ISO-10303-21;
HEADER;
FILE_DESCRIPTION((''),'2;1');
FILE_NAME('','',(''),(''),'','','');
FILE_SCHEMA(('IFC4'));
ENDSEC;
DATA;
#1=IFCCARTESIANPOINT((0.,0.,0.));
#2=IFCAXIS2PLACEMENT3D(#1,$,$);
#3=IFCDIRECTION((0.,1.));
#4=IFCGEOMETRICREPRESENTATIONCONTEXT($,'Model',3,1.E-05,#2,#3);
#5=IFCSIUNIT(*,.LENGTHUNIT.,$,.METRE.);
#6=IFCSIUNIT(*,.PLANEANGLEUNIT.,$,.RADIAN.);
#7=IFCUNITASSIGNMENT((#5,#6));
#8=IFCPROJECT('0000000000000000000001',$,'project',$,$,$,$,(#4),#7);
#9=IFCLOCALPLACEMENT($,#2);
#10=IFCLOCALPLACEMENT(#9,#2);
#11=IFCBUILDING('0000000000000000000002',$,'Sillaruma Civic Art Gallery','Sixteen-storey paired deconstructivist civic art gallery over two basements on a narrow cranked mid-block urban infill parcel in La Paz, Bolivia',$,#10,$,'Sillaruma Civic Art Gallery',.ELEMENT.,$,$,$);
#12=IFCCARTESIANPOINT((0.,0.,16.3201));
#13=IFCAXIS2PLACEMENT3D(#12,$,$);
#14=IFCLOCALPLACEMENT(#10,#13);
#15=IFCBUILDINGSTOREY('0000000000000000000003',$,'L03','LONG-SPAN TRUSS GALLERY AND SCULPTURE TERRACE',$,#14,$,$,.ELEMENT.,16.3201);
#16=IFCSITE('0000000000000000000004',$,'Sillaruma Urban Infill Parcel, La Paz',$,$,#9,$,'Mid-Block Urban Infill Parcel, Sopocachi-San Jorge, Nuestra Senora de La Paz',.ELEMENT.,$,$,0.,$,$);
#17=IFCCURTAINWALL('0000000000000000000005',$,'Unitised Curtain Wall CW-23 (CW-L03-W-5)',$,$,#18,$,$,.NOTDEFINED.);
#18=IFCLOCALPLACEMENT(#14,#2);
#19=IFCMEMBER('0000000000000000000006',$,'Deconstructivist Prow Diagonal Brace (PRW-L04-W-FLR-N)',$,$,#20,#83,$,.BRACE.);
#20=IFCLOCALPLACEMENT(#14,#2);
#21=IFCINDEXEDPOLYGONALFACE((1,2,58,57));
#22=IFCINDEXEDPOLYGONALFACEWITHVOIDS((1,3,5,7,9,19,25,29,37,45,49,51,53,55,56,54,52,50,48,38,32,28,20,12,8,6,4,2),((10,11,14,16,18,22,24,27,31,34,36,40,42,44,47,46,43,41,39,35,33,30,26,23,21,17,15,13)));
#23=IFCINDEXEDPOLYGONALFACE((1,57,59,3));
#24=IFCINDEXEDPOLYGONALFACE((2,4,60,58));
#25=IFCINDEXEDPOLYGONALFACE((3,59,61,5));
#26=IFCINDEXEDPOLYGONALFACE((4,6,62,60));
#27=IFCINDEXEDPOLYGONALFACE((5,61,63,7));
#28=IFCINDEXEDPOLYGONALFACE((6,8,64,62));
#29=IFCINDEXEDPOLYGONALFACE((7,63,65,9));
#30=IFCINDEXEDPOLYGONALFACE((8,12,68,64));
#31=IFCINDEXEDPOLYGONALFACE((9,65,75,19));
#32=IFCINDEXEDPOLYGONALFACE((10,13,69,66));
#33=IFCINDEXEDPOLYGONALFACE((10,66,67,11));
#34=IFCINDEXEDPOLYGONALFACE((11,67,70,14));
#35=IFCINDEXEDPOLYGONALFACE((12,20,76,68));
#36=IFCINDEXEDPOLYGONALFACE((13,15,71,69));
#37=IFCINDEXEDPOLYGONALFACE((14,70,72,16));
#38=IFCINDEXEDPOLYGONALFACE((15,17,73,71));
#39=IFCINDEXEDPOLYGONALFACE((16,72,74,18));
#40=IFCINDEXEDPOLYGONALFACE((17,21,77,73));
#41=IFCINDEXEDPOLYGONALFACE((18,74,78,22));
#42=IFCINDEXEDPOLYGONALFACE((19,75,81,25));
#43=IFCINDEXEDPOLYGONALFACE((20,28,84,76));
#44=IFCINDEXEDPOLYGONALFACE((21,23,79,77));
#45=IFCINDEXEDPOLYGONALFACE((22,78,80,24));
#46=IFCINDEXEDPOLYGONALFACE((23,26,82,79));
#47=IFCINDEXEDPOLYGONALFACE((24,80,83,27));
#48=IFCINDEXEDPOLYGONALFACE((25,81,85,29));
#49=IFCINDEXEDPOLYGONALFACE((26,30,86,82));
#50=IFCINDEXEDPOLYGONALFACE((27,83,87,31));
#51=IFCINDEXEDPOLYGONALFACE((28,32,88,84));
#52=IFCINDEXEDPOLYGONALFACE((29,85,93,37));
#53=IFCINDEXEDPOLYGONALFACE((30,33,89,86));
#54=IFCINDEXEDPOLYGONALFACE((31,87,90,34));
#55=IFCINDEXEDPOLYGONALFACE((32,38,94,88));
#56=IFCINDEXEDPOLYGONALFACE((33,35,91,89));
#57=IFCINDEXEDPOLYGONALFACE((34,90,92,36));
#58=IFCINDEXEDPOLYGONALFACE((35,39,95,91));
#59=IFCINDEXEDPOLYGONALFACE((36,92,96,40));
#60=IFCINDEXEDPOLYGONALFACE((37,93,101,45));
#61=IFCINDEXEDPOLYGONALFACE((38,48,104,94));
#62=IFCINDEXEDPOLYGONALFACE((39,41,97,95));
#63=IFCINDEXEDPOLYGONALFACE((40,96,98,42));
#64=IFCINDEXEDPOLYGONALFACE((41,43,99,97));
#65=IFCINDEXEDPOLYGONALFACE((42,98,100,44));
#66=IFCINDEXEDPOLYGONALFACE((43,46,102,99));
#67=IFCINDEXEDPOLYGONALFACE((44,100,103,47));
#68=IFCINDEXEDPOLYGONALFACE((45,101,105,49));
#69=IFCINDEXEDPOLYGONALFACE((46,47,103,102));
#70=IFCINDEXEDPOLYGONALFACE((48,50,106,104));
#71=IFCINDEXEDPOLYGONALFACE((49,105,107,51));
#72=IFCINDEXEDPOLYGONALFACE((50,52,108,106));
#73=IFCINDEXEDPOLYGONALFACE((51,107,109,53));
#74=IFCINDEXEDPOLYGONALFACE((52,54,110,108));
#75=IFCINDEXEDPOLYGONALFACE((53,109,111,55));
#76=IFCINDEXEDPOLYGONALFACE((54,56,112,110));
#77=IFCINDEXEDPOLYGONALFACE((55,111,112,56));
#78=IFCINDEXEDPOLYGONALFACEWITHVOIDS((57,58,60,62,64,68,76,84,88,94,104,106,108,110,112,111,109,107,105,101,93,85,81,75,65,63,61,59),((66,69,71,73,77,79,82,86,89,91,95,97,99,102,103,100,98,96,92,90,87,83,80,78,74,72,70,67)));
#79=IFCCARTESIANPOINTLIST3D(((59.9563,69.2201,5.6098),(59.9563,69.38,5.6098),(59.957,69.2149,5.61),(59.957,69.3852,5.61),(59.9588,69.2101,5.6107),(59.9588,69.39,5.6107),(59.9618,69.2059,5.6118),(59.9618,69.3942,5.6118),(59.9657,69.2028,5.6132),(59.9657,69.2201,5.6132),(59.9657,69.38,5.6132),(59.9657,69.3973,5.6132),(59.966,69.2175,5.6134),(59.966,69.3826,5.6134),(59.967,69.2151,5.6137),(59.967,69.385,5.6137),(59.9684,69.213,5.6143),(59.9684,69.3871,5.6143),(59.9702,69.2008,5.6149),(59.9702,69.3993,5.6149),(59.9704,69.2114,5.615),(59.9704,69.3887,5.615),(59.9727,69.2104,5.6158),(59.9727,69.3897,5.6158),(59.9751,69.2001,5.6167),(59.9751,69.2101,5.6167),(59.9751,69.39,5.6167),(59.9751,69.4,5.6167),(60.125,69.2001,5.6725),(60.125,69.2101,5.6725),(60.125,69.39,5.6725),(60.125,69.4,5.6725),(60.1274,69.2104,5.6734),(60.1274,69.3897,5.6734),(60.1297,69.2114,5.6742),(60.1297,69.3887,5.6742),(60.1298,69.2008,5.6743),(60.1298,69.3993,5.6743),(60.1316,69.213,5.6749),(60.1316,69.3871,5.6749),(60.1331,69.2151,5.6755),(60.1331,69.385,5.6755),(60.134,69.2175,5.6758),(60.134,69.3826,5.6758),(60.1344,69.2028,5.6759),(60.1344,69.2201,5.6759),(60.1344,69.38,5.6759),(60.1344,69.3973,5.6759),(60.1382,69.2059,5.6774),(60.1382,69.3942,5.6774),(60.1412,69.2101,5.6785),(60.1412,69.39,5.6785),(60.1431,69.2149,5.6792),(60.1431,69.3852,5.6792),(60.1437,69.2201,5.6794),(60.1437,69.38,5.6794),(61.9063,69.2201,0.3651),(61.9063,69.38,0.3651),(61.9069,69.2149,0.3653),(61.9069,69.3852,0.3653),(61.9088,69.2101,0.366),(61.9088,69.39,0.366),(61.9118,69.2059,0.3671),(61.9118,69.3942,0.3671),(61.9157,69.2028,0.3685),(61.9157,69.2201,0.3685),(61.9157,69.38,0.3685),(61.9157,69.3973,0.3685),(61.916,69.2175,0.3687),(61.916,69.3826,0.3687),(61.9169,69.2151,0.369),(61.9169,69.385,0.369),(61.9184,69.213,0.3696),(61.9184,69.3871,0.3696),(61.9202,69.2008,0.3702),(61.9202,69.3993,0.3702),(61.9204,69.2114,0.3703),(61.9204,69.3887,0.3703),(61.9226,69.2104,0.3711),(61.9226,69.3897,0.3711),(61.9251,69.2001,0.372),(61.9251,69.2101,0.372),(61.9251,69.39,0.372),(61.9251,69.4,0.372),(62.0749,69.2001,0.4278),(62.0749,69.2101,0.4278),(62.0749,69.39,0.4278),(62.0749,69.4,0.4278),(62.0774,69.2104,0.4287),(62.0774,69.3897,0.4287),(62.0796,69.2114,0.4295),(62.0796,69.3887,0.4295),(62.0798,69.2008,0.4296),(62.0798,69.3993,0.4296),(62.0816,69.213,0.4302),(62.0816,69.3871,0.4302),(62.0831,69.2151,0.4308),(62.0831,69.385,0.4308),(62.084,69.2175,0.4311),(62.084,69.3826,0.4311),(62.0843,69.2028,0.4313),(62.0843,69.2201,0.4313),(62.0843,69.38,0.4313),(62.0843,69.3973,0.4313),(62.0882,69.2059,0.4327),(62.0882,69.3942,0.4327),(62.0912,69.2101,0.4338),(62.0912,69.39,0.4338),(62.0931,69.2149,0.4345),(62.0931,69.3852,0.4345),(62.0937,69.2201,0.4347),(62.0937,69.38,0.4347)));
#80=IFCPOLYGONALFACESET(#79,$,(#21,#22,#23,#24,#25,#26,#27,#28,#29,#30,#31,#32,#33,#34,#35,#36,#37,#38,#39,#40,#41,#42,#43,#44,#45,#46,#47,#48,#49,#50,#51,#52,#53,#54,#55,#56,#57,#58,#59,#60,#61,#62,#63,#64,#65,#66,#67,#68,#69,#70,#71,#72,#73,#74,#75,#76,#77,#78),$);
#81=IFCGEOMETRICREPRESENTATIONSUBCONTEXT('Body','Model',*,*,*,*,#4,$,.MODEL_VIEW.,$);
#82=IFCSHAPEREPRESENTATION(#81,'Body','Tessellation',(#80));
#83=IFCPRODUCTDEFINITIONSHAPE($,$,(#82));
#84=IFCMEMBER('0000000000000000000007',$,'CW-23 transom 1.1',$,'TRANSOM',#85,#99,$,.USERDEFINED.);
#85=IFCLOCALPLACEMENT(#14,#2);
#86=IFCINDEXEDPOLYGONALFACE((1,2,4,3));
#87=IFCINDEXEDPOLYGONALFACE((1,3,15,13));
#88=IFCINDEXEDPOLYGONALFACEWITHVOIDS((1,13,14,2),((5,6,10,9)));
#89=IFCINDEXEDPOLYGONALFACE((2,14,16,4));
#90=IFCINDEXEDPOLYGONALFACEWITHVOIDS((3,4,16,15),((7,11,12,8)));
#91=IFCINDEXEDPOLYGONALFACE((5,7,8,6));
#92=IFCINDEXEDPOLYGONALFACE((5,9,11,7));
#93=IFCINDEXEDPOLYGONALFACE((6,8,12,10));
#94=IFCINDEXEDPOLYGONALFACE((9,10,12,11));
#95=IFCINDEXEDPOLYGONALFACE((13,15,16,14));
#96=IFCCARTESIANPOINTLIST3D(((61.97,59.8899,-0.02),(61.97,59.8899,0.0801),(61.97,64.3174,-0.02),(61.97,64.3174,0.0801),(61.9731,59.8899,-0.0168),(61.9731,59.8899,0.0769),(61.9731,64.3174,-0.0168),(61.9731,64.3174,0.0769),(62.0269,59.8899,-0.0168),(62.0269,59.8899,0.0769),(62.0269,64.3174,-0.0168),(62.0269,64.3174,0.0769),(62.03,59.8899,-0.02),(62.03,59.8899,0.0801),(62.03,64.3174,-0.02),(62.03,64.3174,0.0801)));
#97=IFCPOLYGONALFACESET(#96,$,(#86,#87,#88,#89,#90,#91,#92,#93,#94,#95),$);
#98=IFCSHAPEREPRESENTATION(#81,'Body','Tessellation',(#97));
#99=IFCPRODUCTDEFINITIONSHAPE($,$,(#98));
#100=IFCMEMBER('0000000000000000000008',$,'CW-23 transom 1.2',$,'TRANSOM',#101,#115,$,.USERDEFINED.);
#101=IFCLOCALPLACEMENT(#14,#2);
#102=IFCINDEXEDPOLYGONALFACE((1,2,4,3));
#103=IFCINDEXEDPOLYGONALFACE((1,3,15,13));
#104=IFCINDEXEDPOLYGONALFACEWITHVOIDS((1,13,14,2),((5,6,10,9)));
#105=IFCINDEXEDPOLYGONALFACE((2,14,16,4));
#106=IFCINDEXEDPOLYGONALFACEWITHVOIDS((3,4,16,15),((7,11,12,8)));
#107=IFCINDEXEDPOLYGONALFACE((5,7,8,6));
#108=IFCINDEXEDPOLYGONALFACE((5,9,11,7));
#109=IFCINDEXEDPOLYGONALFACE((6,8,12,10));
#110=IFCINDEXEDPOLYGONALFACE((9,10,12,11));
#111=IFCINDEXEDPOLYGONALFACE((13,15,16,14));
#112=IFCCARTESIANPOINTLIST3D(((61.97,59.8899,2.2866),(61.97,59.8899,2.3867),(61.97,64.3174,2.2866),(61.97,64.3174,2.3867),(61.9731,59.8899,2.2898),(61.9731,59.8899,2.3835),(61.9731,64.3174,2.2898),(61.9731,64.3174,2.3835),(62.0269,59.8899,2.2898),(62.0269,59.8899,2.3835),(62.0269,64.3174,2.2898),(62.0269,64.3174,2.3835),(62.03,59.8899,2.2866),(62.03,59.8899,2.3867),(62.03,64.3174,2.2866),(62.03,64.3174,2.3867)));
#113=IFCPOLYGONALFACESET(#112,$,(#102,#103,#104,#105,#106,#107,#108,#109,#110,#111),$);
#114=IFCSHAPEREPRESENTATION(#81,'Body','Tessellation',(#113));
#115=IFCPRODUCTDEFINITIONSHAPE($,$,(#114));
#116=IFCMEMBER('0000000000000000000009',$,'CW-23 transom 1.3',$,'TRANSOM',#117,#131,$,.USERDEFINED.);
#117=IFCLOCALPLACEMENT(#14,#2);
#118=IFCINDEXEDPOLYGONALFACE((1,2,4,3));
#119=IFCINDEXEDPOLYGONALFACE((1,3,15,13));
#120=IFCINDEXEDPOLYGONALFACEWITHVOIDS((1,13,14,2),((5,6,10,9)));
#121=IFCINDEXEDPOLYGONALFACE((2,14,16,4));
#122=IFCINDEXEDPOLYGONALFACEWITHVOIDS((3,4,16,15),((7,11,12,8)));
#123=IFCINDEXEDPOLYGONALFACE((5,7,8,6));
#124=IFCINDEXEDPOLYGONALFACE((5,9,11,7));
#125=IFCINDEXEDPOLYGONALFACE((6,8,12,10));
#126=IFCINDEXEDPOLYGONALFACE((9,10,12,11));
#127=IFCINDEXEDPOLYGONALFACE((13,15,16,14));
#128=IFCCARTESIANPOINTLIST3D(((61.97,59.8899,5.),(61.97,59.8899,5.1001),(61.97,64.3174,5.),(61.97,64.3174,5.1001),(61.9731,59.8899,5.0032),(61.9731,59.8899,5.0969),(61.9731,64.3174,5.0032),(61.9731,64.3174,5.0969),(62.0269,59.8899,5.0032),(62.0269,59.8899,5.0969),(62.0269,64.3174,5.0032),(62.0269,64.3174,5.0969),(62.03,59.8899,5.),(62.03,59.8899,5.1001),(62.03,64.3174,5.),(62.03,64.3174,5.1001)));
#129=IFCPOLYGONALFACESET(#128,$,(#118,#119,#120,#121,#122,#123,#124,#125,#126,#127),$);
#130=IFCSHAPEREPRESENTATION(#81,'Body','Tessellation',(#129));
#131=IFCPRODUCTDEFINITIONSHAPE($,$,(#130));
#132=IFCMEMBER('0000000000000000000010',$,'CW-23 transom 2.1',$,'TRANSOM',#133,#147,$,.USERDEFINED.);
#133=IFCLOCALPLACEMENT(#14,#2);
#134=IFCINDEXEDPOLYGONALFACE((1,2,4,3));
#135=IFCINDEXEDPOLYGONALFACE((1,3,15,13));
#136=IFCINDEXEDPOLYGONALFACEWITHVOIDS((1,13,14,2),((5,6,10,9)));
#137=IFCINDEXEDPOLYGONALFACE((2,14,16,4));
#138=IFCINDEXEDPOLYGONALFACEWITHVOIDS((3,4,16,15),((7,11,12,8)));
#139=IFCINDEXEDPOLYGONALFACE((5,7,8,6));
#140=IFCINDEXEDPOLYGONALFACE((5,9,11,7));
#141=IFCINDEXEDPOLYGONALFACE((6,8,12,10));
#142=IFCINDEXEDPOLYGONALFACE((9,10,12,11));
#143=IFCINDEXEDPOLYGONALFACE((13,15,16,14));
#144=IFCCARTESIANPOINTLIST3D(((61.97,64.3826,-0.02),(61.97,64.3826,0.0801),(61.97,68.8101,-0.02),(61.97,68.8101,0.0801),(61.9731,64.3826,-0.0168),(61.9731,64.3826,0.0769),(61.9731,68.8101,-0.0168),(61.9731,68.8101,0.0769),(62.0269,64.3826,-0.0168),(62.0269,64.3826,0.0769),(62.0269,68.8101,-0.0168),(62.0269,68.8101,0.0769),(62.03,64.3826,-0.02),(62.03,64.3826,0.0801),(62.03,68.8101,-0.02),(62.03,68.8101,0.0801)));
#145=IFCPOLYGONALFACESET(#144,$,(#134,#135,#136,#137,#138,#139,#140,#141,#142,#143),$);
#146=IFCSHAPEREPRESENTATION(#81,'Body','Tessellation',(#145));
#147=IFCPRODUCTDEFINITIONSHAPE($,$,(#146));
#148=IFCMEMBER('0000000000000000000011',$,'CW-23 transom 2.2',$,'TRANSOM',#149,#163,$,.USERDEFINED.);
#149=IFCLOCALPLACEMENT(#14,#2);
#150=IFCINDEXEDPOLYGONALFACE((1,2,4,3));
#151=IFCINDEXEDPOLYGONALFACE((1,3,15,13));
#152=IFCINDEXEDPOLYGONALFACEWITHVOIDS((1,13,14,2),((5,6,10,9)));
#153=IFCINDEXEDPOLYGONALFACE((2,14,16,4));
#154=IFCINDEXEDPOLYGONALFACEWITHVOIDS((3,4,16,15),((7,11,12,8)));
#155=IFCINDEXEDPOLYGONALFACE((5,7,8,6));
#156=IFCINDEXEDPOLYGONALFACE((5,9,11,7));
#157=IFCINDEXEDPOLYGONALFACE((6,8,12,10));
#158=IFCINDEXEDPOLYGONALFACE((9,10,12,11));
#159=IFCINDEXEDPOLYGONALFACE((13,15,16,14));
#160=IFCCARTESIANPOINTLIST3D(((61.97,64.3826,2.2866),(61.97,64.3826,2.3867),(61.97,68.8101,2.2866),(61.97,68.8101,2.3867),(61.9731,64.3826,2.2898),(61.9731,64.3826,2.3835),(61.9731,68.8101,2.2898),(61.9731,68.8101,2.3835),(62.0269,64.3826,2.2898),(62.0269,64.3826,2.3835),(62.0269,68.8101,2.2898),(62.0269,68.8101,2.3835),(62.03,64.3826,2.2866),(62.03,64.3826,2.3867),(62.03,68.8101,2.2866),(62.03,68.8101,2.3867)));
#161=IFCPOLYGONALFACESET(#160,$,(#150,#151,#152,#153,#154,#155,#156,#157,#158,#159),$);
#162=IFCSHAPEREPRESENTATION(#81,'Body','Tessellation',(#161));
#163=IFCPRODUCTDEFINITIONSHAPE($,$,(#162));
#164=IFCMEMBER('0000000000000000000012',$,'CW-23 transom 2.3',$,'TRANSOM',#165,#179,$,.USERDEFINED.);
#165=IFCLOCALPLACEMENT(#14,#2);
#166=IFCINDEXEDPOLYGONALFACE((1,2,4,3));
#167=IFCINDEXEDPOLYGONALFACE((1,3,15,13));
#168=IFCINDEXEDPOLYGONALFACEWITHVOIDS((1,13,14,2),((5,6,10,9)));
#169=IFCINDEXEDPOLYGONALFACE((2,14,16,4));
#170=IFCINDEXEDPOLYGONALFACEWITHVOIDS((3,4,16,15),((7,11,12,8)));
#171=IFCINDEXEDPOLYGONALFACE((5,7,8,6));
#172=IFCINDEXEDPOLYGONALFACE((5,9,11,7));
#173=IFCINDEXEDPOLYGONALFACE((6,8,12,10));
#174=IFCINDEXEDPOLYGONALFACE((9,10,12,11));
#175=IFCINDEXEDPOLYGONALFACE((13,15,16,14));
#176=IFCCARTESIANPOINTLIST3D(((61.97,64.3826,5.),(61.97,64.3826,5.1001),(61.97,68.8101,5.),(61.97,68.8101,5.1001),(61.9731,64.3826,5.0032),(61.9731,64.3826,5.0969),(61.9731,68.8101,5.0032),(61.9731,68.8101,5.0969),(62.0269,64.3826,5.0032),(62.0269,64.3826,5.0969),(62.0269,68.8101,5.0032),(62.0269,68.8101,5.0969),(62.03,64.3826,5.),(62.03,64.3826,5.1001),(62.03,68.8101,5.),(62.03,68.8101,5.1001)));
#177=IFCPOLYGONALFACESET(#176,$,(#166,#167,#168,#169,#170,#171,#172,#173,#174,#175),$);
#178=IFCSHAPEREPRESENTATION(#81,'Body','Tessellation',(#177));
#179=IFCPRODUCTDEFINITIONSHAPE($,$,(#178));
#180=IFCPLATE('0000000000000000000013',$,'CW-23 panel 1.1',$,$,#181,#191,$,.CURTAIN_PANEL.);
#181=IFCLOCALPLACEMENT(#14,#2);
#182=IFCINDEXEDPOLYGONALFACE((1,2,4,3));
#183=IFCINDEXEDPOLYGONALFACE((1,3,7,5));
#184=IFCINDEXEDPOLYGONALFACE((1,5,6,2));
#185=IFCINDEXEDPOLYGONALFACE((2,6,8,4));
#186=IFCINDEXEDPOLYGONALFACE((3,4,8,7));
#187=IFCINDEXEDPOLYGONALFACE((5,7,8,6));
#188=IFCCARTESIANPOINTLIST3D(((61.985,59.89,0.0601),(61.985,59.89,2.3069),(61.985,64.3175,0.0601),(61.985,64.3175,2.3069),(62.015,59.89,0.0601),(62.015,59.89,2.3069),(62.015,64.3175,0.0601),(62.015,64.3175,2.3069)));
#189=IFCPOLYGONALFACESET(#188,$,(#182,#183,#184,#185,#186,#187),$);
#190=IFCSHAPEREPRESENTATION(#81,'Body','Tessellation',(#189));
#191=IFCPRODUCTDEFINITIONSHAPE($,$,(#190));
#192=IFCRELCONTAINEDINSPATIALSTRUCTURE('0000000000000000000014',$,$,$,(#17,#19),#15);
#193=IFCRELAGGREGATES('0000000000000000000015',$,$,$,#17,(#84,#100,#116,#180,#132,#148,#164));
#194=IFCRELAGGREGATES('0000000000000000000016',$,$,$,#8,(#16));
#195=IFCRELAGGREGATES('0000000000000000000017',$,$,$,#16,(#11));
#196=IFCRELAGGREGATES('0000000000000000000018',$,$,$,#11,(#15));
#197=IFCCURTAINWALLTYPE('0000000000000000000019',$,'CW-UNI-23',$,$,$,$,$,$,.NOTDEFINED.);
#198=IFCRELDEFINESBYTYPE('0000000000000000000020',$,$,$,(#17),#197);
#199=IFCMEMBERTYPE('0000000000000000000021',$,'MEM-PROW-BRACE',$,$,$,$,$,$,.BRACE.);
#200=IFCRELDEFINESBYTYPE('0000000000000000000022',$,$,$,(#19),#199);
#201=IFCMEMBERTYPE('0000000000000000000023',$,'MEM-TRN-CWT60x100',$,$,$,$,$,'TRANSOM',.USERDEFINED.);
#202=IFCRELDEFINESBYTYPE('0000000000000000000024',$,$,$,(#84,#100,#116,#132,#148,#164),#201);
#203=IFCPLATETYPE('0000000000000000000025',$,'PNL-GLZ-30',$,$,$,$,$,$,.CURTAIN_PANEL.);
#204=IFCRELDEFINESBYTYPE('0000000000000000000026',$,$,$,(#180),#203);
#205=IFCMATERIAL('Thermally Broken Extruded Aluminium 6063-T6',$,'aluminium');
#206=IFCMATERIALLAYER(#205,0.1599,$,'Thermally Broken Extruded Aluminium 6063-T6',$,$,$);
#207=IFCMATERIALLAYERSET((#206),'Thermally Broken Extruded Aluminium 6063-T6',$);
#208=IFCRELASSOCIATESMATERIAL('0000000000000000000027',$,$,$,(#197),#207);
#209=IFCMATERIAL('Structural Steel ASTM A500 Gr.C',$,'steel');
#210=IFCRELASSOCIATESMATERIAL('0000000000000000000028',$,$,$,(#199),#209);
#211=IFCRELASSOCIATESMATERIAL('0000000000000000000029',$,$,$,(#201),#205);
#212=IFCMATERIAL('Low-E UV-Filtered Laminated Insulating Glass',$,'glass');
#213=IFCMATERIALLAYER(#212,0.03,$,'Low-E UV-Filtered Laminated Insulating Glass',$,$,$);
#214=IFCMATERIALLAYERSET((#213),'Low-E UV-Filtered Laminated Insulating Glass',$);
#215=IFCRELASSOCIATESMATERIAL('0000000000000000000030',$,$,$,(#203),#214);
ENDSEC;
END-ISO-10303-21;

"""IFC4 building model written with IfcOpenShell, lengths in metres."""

from ifc_helpers import new_model, si_unit, direction, frame, origin, origin_2d, place, context, subcontext, project, spatial, rectangle, hollow_rectangle, extrude, material, layer, layer_set, material_profile, profile_set, type_object, element, aggregate, save


model = new_model("IFC4")

# Units and contexts
model_context = context("Model", 3, precision=1e-05, world=origin(), true_north=direction((0.0, 1.0)))
body_context = subcontext(model_context, "Body", "Model", "MODEL_VIEW")
ifc_project = project(units=[si_unit("LENGTHUNIT", "METRE"), si_unit("PLANEANGLEUNIT", "RADIAN")], contexts=[model_context])

# Site, building, storey
site_placement = place(None, origin())
site = spatial("IfcSite", under=ifc_project, at=site_placement, Name="Sillaruma Urban Infill Parcel, La Paz", LongName="Mid-Block Urban Infill Parcel, Sopocachi-San Jorge, Nuestra Senora de La Paz", CompositionType="ELEMENT", RefElevation=0.0)
building_placement = place(site_placement, origin())
building = spatial("IfcBuilding", under=site, at=building_placement, Name="Sillaruma Civic Art Gallery", Description="Sixteen-storey paired deconstructivist civic art gallery over two basements on a narrow cranked mid-block urban infill parcel in La Paz, Bolivia", LongName="Sillaruma Civic Art Gallery", CompositionType="ELEMENT")
storey_placement = place(building_placement, frame((0.0, 0.0, 16.3201)))
storey = spatial("IfcBuildingStorey", under=building, at=storey_placement, Name="L03", Description="LONG-SPAN TRUSS GALLERY AND SCULPTURE TERRACE", CompositionType="ELEMENT", Elevation=16.3201)

# Curtain wall
ifc_material_1 = material(Name="Thermally Broken Extruded Aluminium 6063-T6", Category="aluminium")
ifc_layer_1 = layer(ifc_material_1, 0.1599, Name="Thermally Broken Extruded Aluminium 6063-T6")
ifc_layer_set_1 = layer_set([ifc_layer_1], Name="Thermally Broken Extruded Aluminium 6063-T6")
curtain_wall_type_1 = type_object("IfcCurtainWallType", Name="CW-UNI-23", PredefinedType="NOTDEFINED", material=ifc_layer_set_1)
curtain_wall_1_placement = place(storey_placement, origin())
curtain_wall_1 = element("IfcCurtainWall", 1, at=curtain_wall_1_placement, inside=storey, type_object=curtain_wall_type_1, Name="Unitised Curtain Wall CW-23 (CW-L03-W-5)", PredefinedType="NOTDEFINED")

# Members
ifc_material_2 = material(Name="Structural Steel ASTM A500 Gr.C", Category="steel")
ifc_material_profile_1 = material_profile(ifc_material_2, hollow_rectangle(XDim=0.2, YDim=0.2, WallThickness=0.01, InnerFilletRadius=0.01, OuterFilletRadius=0.02, at=origin_2d()), Name="HSS200x200x10")
ifc_profile_set_1 = profile_set([ifc_material_profile_1], Name="Structural Steel ASTM A500 Gr.C")
member_type_1 = type_object("IfcMemberType", Name="MEM-PROW-BRACE", PredefinedType="BRACE", material=ifc_profile_set_1)
member_1_placement = place(storey_placement, frame((62.0, 69.3, 0.3999), z_axis=(-0.348492, 0.0, 0.937312), x_axis=(0.0, -1.0, 0.0)))
element("IfcMember", 2, at=member_1_placement, inside=storey, type_object=member_type_1, Name="Deconstructivist Prow Diagonal Brace (PRW-L04-W-FLR-N)", PredefinedType="BRACE", context=body_context, shape_type="SweptSolid", body=[
    extrude(hollow_rectangle(XDim=0.2, YDim=0.2, WallThickness=0.01, InnerFilletRadius=0.01, OuterFilletRadius=0.02, at=origin_2d()), origin(), (0.0, 0.0, 1.0), 5.5955),
])
ifc_material_profile_2 = material_profile(ifc_material_1, hollow_rectangle(XDim=0.0601, YDim=0.1001, WallThickness=0.0032, at=origin_2d()), Name="CWT60x100")
ifc_profile_set_2 = profile_set([ifc_material_profile_2], Name="Thermally Broken Extruded Aluminium 6063-T6")
member_type_2 = type_object("IfcMemberType", Name="MEM-TRN-CWT60x100", ElementType="TRANSOM", PredefinedType="USERDEFINED", material=ifc_profile_set_2)
member_2_placement = place(storey_placement, frame((62.0, 59.8899, 0.03), z_axis=(0.0, 1.0, 0.0), x_axis=(-1.0, 0.0, 0.0)))
member_2 = element("IfcMember", 3, at=member_2_placement, type_object=member_type_2, Name="CW-23 transom 1.1", ObjectType="TRANSOM", PredefinedType="USERDEFINED", context=body_context, shape_type="SweptSolid", body=[
    extrude(hollow_rectangle(XDim=0.0601, YDim=0.1001, WallThickness=0.0032, at=origin_2d()), origin(), (0.0, 0.0, 1.0), 4.4275),
])
member_3_placement = place(storey_placement, frame((62.0, 59.8899, 2.3367), z_axis=(0.0, 1.0, 0.0), x_axis=(-1.0, 0.0, 0.0)))
member_3 = element("IfcMember", 4, at=member_3_placement, type_object=member_type_2, Name="CW-23 transom 1.2", ObjectType="TRANSOM", PredefinedType="USERDEFINED", context=body_context, shape_type="SweptSolid", body=[
    extrude(hollow_rectangle(XDim=0.0601, YDim=0.1001, WallThickness=0.0032, at=origin_2d()), origin(), (0.0, 0.0, 1.0), 4.4275),
])
member_4_placement = place(storey_placement, frame((62.0, 59.8899, 5.05), z_axis=(0.0, 1.0, 0.0), x_axis=(-1.0, 0.0, 0.0)))
member_4 = element("IfcMember", 5, at=member_4_placement, type_object=member_type_2, Name="CW-23 transom 1.3", ObjectType="TRANSOM", PredefinedType="USERDEFINED", context=body_context, shape_type="SweptSolid", body=[
    extrude(hollow_rectangle(XDim=0.0601, YDim=0.1001, WallThickness=0.0032, at=origin_2d()), origin(), (0.0, 0.0, 1.0), 4.4275),
])
member_5_placement = place(storey_placement, frame((62.0, 64.3826, 0.03), z_axis=(0.0, 1.0, 0.0), x_axis=(-1.0, 0.0, 0.0)))
member_5 = element("IfcMember", 6, at=member_5_placement, type_object=member_type_2, Name="CW-23 transom 2.1", ObjectType="TRANSOM", PredefinedType="USERDEFINED", context=body_context, shape_type="SweptSolid", body=[
    extrude(hollow_rectangle(XDim=0.0601, YDim=0.1001, WallThickness=0.0032, at=origin_2d()), origin(), (0.0, 0.0, 1.0), 4.4275),
])
member_6_placement = place(storey_placement, frame((62.0, 64.3826, 2.3367), z_axis=(0.0, 1.0, 0.0), x_axis=(-1.0, 0.0, 0.0)))
member_6 = element("IfcMember", 7, at=member_6_placement, type_object=member_type_2, Name="CW-23 transom 2.2", ObjectType="TRANSOM", PredefinedType="USERDEFINED", context=body_context, shape_type="SweptSolid", body=[
    extrude(hollow_rectangle(XDim=0.0601, YDim=0.1001, WallThickness=0.0032, at=origin_2d()), origin(), (0.0, 0.0, 1.0), 4.4275),
])
member_7_placement = place(storey_placement, frame((62.0, 64.3826, 5.05), z_axis=(0.0, 1.0, 0.0), x_axis=(-1.0, 0.0, 0.0)))
member_7 = element("IfcMember", 8, at=member_7_placement, type_object=member_type_2, Name="CW-23 transom 2.3", ObjectType="TRANSOM", PredefinedType="USERDEFINED", context=body_context, shape_type="SweptSolid", body=[
    extrude(hollow_rectangle(XDim=0.0601, YDim=0.1001, WallThickness=0.0032, at=origin_2d()), origin(), (0.0, 0.0, 1.0), 4.4275),
])

# Plate
ifc_material_3 = material(Name="Low-E UV-Filtered Laminated Insulating Glass", Category="glass")
ifc_layer_2 = layer(ifc_material_3, 0.03, Name="Low-E UV-Filtered Laminated Insulating Glass")
ifc_layer_set_2 = layer_set([ifc_layer_2], Name="Low-E UV-Filtered Laminated Insulating Glass")
plate_type = type_object("IfcPlateType", Name="PNL-GLZ-30", PredefinedType="CURTAIN_PANEL", material=ifc_layer_set_2)
plate_1_placement = place(storey_placement, frame((62.0, 62.1038, 0.0601), z_axis=(0.0, 0.0, 1.0), x_axis=(0.0, 1.0, 0.0)))
plate_1 = element("IfcPlate", 9, at=plate_1_placement, type_object=plate_type, Name="CW-23 panel 1.1", PredefinedType="CURTAIN_PANEL", context=body_context, shape_type="SweptSolid", body=[
    extrude(rectangle(XDim=4.4275, YDim=0.03, at=origin_2d()), origin(), (0.0, 0.0, 1.0), 2.2468),
])
aggregate(curtain_wall_1, [member_2, member_3, member_4, plate_1, member_5, member_6, member_7])

save(model, "model.ifc")
